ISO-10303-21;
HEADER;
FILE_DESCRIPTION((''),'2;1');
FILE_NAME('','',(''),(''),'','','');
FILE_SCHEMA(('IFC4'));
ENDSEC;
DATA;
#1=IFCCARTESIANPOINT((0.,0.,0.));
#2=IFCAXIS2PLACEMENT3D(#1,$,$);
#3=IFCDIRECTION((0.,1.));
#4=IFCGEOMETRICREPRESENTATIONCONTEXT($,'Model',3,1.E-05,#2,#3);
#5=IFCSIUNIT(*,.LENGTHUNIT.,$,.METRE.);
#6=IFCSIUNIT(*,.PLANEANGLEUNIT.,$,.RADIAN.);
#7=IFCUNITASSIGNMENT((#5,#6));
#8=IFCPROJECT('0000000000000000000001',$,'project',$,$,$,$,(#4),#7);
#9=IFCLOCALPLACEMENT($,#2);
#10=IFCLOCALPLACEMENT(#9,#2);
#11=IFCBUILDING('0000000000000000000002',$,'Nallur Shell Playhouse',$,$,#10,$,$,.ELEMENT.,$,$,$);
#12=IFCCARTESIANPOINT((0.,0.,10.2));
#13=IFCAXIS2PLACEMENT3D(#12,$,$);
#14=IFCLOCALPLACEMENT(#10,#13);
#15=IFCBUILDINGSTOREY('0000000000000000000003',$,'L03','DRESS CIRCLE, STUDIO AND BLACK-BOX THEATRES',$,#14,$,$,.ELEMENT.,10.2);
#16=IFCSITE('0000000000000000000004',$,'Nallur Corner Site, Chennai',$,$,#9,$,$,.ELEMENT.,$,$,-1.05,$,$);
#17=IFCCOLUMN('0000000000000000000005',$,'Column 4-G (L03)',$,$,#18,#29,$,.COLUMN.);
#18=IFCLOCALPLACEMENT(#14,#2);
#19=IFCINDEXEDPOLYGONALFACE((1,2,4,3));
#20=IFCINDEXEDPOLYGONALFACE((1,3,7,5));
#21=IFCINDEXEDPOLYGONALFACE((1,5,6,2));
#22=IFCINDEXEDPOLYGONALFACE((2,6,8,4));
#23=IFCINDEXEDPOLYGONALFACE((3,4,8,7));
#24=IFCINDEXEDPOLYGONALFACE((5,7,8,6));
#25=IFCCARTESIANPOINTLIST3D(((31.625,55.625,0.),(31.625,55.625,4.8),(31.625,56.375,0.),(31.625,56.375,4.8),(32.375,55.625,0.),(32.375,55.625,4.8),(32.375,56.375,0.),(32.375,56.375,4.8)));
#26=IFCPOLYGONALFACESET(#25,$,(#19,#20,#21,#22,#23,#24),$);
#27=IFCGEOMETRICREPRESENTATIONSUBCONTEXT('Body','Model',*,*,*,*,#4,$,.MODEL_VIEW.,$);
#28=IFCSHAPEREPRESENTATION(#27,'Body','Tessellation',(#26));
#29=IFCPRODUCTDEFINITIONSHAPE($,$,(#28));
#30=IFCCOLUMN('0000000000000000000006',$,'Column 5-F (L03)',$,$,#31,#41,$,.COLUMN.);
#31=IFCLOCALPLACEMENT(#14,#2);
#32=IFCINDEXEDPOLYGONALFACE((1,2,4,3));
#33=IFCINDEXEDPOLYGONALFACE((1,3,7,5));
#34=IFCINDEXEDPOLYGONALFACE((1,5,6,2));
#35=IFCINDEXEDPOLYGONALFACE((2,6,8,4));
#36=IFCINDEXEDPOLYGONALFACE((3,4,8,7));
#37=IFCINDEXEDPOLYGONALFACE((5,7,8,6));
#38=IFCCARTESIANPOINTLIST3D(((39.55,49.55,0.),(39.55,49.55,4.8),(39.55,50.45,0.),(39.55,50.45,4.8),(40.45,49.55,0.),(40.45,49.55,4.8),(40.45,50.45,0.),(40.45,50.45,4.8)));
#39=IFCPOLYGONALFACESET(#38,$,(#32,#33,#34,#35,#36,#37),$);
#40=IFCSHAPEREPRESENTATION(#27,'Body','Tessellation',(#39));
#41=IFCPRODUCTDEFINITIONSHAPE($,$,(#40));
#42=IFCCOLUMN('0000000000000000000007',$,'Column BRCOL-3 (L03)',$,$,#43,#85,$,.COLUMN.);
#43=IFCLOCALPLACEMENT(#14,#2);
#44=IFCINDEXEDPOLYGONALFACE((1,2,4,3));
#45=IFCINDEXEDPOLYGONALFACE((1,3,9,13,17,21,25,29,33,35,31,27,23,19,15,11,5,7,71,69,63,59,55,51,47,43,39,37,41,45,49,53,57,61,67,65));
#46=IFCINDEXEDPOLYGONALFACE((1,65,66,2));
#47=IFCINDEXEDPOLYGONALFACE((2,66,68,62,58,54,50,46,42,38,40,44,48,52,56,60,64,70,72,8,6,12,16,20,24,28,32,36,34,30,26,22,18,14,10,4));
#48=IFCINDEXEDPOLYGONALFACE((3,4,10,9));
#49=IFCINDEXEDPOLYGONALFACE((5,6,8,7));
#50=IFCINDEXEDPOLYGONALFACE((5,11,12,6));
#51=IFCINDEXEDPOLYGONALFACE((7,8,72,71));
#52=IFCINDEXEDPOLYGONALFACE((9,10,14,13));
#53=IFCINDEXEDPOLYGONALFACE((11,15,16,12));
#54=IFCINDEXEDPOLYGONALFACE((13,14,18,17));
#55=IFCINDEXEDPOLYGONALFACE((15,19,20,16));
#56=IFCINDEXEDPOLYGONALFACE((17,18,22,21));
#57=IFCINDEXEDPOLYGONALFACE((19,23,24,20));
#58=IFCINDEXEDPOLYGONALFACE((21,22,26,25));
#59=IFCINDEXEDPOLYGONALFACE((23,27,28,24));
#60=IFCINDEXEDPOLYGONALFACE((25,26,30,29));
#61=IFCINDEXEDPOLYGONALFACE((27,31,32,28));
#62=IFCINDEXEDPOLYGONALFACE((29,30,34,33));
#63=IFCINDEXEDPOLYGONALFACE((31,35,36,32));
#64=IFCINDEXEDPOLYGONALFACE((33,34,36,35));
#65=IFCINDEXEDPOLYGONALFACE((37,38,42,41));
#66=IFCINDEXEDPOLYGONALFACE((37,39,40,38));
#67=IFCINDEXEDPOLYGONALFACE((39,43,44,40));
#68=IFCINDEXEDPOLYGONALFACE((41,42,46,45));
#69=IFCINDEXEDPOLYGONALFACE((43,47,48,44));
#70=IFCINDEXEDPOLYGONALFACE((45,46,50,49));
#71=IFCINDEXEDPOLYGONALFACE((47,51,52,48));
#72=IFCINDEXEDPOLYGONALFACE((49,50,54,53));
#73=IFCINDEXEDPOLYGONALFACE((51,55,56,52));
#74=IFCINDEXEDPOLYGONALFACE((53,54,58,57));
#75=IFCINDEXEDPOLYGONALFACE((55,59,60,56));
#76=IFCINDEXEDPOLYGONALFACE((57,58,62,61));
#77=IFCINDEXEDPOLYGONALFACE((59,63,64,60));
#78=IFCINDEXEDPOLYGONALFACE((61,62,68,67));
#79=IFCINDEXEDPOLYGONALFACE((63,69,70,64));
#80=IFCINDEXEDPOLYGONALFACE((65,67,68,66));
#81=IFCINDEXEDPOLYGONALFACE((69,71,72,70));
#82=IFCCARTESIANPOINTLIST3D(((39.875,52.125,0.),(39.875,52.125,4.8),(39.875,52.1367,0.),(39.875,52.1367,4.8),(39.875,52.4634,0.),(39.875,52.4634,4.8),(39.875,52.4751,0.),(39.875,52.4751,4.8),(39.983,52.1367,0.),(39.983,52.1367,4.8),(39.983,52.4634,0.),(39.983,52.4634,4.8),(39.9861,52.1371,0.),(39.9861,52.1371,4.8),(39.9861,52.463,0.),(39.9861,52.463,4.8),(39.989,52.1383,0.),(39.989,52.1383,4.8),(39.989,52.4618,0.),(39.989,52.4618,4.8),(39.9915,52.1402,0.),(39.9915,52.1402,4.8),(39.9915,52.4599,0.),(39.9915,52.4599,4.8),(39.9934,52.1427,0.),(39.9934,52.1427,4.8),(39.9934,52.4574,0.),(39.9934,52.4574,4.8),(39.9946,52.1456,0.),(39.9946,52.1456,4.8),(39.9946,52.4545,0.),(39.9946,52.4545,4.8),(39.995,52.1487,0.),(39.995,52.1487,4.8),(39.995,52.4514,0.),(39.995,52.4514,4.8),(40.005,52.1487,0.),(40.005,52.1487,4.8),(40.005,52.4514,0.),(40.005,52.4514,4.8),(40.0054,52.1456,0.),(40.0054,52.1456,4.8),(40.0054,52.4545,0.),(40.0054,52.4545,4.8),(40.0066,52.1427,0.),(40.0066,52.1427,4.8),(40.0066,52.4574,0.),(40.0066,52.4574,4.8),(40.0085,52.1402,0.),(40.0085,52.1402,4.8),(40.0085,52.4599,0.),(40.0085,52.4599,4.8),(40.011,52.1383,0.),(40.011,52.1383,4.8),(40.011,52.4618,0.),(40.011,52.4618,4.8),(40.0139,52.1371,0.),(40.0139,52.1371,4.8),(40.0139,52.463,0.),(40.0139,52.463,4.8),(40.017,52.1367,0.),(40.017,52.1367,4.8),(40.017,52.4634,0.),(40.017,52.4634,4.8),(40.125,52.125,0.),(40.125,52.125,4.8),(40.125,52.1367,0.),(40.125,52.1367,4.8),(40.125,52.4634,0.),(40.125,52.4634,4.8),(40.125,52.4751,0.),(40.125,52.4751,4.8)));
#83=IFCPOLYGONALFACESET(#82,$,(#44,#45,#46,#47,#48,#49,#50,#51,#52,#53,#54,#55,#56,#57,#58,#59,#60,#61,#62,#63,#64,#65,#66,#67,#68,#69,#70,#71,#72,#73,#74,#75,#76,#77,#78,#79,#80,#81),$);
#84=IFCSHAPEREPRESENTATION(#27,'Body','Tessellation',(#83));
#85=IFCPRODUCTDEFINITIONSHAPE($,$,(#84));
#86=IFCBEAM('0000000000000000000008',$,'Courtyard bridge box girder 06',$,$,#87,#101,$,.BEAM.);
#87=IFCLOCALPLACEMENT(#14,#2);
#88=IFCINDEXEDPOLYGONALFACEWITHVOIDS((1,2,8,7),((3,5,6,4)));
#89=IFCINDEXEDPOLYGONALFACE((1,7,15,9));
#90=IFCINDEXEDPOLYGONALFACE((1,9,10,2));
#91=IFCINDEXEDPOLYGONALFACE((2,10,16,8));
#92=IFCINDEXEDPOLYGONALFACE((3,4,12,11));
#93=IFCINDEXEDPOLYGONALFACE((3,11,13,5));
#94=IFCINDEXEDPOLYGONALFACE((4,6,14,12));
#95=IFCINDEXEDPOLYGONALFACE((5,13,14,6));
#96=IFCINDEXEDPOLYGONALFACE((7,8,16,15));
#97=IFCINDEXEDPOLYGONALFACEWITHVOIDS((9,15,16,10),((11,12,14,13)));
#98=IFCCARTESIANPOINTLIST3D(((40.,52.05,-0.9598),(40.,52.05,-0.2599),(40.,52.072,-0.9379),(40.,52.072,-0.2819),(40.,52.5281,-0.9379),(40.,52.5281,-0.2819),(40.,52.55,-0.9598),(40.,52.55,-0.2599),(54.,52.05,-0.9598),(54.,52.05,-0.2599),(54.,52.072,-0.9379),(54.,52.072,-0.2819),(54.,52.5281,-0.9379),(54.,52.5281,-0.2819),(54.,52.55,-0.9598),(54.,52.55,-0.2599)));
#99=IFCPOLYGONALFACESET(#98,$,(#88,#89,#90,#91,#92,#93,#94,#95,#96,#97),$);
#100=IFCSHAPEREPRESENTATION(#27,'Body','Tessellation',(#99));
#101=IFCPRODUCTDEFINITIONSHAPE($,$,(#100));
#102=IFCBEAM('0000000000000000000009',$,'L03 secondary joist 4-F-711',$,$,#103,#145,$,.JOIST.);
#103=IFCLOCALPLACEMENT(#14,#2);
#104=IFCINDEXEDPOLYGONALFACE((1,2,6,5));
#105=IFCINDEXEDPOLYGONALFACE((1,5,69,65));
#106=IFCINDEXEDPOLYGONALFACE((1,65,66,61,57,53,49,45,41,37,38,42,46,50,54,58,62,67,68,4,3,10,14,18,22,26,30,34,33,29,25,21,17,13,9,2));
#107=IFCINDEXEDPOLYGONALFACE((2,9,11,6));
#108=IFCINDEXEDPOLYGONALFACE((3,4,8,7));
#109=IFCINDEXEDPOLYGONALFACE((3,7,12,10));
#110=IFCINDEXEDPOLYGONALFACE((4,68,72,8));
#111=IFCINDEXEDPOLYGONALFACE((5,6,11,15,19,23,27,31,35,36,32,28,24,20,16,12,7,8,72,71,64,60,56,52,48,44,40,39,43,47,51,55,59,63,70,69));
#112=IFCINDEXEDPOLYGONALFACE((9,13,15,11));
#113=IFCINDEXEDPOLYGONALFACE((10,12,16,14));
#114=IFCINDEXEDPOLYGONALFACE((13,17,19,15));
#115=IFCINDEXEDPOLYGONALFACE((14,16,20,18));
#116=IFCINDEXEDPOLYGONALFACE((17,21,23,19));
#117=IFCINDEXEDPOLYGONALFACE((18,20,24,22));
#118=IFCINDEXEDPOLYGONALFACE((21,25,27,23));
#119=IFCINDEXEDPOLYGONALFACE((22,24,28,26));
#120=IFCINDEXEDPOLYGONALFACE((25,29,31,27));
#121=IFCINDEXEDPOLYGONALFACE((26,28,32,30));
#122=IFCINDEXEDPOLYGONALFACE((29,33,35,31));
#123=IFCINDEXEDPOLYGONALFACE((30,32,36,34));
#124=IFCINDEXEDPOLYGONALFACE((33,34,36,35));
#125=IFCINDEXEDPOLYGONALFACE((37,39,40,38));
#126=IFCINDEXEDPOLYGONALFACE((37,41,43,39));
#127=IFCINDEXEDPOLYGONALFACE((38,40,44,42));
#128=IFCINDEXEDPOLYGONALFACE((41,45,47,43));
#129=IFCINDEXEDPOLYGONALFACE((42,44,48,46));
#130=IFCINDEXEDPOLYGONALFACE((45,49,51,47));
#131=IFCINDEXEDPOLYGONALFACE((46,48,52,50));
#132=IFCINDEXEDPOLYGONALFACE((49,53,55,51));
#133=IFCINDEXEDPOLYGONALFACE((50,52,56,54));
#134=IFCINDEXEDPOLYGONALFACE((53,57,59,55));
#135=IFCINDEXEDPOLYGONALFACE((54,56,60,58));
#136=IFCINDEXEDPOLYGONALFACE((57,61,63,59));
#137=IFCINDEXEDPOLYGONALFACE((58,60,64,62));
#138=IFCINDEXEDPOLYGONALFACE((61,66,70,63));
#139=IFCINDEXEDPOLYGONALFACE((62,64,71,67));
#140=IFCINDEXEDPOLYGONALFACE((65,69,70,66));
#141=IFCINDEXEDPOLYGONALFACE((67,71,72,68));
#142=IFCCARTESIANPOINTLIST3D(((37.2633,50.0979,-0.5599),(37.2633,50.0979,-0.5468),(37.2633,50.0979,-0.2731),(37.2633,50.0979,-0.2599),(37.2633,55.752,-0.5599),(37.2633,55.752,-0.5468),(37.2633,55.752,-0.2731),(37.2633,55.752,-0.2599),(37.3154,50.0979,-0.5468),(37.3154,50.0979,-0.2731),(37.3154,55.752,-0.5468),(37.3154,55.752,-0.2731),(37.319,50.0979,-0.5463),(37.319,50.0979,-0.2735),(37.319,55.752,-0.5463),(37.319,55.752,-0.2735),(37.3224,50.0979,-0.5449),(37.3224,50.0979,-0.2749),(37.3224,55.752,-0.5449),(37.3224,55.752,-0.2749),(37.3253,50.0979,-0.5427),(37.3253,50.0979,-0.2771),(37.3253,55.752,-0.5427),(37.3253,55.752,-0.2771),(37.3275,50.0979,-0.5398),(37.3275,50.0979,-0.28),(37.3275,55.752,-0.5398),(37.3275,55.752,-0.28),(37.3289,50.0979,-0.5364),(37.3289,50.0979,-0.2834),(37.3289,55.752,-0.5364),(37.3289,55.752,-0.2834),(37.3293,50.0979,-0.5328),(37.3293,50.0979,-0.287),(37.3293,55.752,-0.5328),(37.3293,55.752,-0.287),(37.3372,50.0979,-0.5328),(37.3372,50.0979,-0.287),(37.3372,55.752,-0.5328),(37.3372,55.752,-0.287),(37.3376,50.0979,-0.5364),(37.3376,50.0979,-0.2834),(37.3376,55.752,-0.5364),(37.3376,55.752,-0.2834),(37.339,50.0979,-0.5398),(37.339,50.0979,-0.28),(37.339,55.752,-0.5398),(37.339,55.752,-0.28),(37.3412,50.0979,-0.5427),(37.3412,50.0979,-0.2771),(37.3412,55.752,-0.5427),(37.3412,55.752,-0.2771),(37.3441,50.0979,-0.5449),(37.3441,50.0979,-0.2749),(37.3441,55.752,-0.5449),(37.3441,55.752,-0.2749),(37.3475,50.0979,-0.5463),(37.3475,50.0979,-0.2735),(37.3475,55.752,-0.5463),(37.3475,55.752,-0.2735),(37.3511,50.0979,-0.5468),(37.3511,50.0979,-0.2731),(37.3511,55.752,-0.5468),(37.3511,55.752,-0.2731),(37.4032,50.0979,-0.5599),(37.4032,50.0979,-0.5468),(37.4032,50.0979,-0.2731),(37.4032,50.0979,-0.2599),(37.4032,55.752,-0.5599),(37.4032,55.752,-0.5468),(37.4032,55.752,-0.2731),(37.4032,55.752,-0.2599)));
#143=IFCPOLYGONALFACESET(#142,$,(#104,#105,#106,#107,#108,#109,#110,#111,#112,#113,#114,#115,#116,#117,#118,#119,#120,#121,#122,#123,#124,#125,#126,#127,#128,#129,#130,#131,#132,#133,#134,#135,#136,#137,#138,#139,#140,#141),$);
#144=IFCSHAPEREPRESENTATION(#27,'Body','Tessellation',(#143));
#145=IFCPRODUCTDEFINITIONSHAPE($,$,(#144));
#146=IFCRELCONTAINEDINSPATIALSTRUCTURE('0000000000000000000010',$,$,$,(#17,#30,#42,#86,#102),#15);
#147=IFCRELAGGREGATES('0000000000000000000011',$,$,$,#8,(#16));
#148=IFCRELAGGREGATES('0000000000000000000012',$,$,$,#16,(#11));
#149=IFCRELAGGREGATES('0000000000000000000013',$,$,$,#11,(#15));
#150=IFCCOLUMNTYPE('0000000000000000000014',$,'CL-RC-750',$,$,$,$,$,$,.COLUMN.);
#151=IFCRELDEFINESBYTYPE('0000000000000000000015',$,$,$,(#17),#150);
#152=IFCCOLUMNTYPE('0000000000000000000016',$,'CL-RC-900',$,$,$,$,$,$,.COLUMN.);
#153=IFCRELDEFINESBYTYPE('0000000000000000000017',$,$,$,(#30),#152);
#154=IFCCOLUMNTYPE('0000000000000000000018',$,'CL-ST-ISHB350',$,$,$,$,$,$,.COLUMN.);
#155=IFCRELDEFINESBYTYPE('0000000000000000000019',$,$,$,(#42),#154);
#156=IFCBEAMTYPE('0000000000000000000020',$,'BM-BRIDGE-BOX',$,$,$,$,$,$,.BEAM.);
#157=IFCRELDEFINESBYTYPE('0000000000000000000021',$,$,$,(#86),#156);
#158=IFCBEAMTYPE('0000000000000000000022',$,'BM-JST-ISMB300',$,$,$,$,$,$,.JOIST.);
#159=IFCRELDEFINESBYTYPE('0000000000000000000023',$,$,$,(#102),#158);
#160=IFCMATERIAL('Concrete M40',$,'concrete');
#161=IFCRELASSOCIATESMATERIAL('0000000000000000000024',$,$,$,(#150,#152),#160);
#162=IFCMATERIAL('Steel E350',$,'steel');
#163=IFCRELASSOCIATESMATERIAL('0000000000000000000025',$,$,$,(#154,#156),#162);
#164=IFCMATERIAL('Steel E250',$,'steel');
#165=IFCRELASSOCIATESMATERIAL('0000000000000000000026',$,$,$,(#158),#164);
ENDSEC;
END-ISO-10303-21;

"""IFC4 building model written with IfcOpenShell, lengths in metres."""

from ifc_helpers import new_model, si_unit, direction, frame, origin, origin_2d, place, context, subcontext, project, spatial, rectangle, hollow_rectangle, i_section, extrude, material, material_profile, profile_set, type_object, element, save


model = new_model("IFC4")

# Units and contexts
model_context = context("Model", 3, precision=1e-05, world=origin(), true_north=direction((0.0, 1.0)))
body_context = subcontext(model_context, "Body", "Model", "MODEL_VIEW")
ifc_project = project(units=[si_unit("LENGTHUNIT", "METRE"), si_unit("PLANEANGLEUNIT", "RADIAN")], contexts=[model_context])

# Site, building, storey
site_placement = place(None, origin())
site = spatial("IfcSite", under=ifc_project, at=site_placement, Name="Nallur Corner Site, Chennai", CompositionType="ELEMENT", RefElevation=-1.05)
building_placement = place(site_placement, origin())
building = spatial("IfcBuilding", under=site, at=building_placement, Name="Nallur Shell Playhouse", CompositionType="ELEMENT")
storey_placement = place(building_placement, frame((0.0, 0.0, 10.2)))
storey = spatial("IfcBuildingStorey", under=building, at=storey_placement, Name="L03", Description="DRESS CIRCLE, STUDIO AND BLACK-BOX THEATRES", CompositionType="ELEMENT", Elevation=10.2)

# Columns
ifc_material_1 = material(Name="Concrete M40", Category="concrete")
ifc_material_profile_1 = material_profile(ifc_material_1, rectangle(XDim=0.75, YDim=0.75, at=origin_2d()), Name="RC 750x750")
ifc_profile_set_1 = profile_set([ifc_material_profile_1], Name="Concrete M40")
column_type_1 = type_object("IfcColumnType", Name="CL-RC-750", PredefinedType="COLUMN", material=ifc_profile_set_1)
column_1_placement = place(storey_placement, frame((32.0, 56.0, 0.0), z_axis=(0.0, 0.0, 1.0), x_axis=(1.0, 0.0, 0.0)))
element("IfcColumn", 1, at=column_1_placement, inside=storey, type_object=column_type_1, Name="Column 4-G (L03)", PredefinedType="COLUMN", context=body_context, shape_type="SweptSolid", body=[
    extrude(rectangle(XDim=0.75, YDim=0.75, at=origin_2d()), origin(), (0.0, 0.0, 1.0), 4.8),
])
ifc_material_profile_2 = material_profile(ifc_material_1, rectangle(XDim=0.8999, YDim=0.8999, at=origin_2d()), Name="RC 900x900")
ifc_profile_set_2 = profile_set([ifc_material_profile_2], Name="Concrete M40")
column_type_2 = type_object("IfcColumnType", Name="CL-RC-900", PredefinedType="COLUMN", material=ifc_profile_set_2)
column_2_placement = place(storey_placement, frame((40.0, 50.0, 0.0), z_axis=(0.0, 0.0, 1.0), x_axis=(1.0, 0.0, 0.0)))
element("IfcColumn", 2, at=column_2_placement, inside=storey, type_object=column_type_2, Name="Column 5-F (L03)", PredefinedType="COLUMN", context=body_context, shape_type="SweptSolid", body=[
    extrude(rectangle(XDim=0.8999, YDim=0.8999, at=origin_2d()), origin(), (0.0, 0.0, 1.0), 4.8),
])
ifc_material_2 = material(Name="Steel E350", Category="steel")
ifc_material_profile_3 = material_profile(ifc_material_2, i_section(OverallWidth=0.25, OverallDepth=0.3501, WebThickness=0.01, FlangeThickness=0.0117, FilletRadius=0.012, at=origin_2d()), Name="ISHB 350")
ifc_profile_set_3 = profile_set([ifc_material_profile_3], Name="Steel E350")
column_type_3 = type_object("IfcColumnType", Name="CL-ST-ISHB350", PredefinedType="COLUMN", material=ifc_profile_set_3)
column_3_placement = place(storey_placement, frame((40.0, 52.3, 0.0), z_axis=(0.0, 0.0, 1.0), x_axis=(1.0, 0.0, 0.0)))
element("IfcColumn", 3, at=column_3_placement, inside=storey, type_object=column_type_3, Name="Column BRCOL-3 (L03)", PredefinedType="COLUMN", context=body_context, shape_type="SweptSolid", body=[
    extrude(i_section(OverallWidth=0.25, OverallDepth=0.3501, WebThickness=0.01, FlangeThickness=0.0117, FilletRadius=0.012, at=origin_2d()), origin(), (0.0, 0.0, 1.0), 4.8),
])

# Beams
ifc_material_profile_4 = material_profile(ifc_material_2, hollow_rectangle(XDim=0.5, YDim=0.7, WallThickness=0.022, at=origin_2d()), Name="BOX 500x700x22")
ifc_profile_set_4 = profile_set([ifc_material_profile_4], Name="Steel E350")
beam_type_1 = type_object("IfcBeamType", Name="BM-BRIDGE-BOX", PredefinedType="BEAM", material=ifc_profile_set_4)
beam_1_placement = place(storey_placement, frame((40.0, 52.3, -0.6099), z_axis=(1.0, 0.0, 0.0), x_axis=(0.0, 1.0, 0.0)))
element("IfcBeam", 4, at=beam_1_placement, inside=storey, type_object=beam_type_1, Name="Courtyard bridge box girder 06", PredefinedType="BEAM", context=body_context, shape_type="SweptSolid", body=[
    extrude(hollow_rectangle(XDim=0.5, YDim=0.7, WallThickness=0.022, at=origin_2d()), origin(), (0.0, 0.0, 1.0), 14.0),
])
ifc_material_3 = material(Name="Steel E250", Category="steel")
ifc_material_profile_5 = material_profile(ifc_material_3, i_section(OverallWidth=0.1399, OverallDepth=0.3, WebThickness=0.0078, FlangeThickness=0.0132, FilletRadius=0.0139, at=origin_2d()), Name="ISMB 300")
ifc_profile_set_5 = profile_set([ifc_material_profile_5], Name="Steel E250")
beam_type_2 = type_object("IfcBeamType", Name="BM-JST-ISMB300", PredefinedType="JOIST", material=ifc_profile_set_5)
beam_2_placement = place(storey_placement, frame((37.3333, 50.0979, -0.4099), z_axis=(0.0, 1.0, 0.0), x_axis=(-1.0, 0.0, 0.0)))
element("IfcBeam", 5, at=beam_2_placement, inside=storey, type_object=beam_type_2, Name="L03 secondary joist 4-F-711", PredefinedType="JOIST", context=body_context, shape_type="SweptSolid", body=[
    extrude(i_section(OverallWidth=0.1399, OverallDepth=0.3, WebThickness=0.0078, FlangeThickness=0.0132, FilletRadius=0.0139, at=origin_2d()), origin(), (0.0, 0.0, 1.0), 5.6541),
])

save(model, "model.ifc")
